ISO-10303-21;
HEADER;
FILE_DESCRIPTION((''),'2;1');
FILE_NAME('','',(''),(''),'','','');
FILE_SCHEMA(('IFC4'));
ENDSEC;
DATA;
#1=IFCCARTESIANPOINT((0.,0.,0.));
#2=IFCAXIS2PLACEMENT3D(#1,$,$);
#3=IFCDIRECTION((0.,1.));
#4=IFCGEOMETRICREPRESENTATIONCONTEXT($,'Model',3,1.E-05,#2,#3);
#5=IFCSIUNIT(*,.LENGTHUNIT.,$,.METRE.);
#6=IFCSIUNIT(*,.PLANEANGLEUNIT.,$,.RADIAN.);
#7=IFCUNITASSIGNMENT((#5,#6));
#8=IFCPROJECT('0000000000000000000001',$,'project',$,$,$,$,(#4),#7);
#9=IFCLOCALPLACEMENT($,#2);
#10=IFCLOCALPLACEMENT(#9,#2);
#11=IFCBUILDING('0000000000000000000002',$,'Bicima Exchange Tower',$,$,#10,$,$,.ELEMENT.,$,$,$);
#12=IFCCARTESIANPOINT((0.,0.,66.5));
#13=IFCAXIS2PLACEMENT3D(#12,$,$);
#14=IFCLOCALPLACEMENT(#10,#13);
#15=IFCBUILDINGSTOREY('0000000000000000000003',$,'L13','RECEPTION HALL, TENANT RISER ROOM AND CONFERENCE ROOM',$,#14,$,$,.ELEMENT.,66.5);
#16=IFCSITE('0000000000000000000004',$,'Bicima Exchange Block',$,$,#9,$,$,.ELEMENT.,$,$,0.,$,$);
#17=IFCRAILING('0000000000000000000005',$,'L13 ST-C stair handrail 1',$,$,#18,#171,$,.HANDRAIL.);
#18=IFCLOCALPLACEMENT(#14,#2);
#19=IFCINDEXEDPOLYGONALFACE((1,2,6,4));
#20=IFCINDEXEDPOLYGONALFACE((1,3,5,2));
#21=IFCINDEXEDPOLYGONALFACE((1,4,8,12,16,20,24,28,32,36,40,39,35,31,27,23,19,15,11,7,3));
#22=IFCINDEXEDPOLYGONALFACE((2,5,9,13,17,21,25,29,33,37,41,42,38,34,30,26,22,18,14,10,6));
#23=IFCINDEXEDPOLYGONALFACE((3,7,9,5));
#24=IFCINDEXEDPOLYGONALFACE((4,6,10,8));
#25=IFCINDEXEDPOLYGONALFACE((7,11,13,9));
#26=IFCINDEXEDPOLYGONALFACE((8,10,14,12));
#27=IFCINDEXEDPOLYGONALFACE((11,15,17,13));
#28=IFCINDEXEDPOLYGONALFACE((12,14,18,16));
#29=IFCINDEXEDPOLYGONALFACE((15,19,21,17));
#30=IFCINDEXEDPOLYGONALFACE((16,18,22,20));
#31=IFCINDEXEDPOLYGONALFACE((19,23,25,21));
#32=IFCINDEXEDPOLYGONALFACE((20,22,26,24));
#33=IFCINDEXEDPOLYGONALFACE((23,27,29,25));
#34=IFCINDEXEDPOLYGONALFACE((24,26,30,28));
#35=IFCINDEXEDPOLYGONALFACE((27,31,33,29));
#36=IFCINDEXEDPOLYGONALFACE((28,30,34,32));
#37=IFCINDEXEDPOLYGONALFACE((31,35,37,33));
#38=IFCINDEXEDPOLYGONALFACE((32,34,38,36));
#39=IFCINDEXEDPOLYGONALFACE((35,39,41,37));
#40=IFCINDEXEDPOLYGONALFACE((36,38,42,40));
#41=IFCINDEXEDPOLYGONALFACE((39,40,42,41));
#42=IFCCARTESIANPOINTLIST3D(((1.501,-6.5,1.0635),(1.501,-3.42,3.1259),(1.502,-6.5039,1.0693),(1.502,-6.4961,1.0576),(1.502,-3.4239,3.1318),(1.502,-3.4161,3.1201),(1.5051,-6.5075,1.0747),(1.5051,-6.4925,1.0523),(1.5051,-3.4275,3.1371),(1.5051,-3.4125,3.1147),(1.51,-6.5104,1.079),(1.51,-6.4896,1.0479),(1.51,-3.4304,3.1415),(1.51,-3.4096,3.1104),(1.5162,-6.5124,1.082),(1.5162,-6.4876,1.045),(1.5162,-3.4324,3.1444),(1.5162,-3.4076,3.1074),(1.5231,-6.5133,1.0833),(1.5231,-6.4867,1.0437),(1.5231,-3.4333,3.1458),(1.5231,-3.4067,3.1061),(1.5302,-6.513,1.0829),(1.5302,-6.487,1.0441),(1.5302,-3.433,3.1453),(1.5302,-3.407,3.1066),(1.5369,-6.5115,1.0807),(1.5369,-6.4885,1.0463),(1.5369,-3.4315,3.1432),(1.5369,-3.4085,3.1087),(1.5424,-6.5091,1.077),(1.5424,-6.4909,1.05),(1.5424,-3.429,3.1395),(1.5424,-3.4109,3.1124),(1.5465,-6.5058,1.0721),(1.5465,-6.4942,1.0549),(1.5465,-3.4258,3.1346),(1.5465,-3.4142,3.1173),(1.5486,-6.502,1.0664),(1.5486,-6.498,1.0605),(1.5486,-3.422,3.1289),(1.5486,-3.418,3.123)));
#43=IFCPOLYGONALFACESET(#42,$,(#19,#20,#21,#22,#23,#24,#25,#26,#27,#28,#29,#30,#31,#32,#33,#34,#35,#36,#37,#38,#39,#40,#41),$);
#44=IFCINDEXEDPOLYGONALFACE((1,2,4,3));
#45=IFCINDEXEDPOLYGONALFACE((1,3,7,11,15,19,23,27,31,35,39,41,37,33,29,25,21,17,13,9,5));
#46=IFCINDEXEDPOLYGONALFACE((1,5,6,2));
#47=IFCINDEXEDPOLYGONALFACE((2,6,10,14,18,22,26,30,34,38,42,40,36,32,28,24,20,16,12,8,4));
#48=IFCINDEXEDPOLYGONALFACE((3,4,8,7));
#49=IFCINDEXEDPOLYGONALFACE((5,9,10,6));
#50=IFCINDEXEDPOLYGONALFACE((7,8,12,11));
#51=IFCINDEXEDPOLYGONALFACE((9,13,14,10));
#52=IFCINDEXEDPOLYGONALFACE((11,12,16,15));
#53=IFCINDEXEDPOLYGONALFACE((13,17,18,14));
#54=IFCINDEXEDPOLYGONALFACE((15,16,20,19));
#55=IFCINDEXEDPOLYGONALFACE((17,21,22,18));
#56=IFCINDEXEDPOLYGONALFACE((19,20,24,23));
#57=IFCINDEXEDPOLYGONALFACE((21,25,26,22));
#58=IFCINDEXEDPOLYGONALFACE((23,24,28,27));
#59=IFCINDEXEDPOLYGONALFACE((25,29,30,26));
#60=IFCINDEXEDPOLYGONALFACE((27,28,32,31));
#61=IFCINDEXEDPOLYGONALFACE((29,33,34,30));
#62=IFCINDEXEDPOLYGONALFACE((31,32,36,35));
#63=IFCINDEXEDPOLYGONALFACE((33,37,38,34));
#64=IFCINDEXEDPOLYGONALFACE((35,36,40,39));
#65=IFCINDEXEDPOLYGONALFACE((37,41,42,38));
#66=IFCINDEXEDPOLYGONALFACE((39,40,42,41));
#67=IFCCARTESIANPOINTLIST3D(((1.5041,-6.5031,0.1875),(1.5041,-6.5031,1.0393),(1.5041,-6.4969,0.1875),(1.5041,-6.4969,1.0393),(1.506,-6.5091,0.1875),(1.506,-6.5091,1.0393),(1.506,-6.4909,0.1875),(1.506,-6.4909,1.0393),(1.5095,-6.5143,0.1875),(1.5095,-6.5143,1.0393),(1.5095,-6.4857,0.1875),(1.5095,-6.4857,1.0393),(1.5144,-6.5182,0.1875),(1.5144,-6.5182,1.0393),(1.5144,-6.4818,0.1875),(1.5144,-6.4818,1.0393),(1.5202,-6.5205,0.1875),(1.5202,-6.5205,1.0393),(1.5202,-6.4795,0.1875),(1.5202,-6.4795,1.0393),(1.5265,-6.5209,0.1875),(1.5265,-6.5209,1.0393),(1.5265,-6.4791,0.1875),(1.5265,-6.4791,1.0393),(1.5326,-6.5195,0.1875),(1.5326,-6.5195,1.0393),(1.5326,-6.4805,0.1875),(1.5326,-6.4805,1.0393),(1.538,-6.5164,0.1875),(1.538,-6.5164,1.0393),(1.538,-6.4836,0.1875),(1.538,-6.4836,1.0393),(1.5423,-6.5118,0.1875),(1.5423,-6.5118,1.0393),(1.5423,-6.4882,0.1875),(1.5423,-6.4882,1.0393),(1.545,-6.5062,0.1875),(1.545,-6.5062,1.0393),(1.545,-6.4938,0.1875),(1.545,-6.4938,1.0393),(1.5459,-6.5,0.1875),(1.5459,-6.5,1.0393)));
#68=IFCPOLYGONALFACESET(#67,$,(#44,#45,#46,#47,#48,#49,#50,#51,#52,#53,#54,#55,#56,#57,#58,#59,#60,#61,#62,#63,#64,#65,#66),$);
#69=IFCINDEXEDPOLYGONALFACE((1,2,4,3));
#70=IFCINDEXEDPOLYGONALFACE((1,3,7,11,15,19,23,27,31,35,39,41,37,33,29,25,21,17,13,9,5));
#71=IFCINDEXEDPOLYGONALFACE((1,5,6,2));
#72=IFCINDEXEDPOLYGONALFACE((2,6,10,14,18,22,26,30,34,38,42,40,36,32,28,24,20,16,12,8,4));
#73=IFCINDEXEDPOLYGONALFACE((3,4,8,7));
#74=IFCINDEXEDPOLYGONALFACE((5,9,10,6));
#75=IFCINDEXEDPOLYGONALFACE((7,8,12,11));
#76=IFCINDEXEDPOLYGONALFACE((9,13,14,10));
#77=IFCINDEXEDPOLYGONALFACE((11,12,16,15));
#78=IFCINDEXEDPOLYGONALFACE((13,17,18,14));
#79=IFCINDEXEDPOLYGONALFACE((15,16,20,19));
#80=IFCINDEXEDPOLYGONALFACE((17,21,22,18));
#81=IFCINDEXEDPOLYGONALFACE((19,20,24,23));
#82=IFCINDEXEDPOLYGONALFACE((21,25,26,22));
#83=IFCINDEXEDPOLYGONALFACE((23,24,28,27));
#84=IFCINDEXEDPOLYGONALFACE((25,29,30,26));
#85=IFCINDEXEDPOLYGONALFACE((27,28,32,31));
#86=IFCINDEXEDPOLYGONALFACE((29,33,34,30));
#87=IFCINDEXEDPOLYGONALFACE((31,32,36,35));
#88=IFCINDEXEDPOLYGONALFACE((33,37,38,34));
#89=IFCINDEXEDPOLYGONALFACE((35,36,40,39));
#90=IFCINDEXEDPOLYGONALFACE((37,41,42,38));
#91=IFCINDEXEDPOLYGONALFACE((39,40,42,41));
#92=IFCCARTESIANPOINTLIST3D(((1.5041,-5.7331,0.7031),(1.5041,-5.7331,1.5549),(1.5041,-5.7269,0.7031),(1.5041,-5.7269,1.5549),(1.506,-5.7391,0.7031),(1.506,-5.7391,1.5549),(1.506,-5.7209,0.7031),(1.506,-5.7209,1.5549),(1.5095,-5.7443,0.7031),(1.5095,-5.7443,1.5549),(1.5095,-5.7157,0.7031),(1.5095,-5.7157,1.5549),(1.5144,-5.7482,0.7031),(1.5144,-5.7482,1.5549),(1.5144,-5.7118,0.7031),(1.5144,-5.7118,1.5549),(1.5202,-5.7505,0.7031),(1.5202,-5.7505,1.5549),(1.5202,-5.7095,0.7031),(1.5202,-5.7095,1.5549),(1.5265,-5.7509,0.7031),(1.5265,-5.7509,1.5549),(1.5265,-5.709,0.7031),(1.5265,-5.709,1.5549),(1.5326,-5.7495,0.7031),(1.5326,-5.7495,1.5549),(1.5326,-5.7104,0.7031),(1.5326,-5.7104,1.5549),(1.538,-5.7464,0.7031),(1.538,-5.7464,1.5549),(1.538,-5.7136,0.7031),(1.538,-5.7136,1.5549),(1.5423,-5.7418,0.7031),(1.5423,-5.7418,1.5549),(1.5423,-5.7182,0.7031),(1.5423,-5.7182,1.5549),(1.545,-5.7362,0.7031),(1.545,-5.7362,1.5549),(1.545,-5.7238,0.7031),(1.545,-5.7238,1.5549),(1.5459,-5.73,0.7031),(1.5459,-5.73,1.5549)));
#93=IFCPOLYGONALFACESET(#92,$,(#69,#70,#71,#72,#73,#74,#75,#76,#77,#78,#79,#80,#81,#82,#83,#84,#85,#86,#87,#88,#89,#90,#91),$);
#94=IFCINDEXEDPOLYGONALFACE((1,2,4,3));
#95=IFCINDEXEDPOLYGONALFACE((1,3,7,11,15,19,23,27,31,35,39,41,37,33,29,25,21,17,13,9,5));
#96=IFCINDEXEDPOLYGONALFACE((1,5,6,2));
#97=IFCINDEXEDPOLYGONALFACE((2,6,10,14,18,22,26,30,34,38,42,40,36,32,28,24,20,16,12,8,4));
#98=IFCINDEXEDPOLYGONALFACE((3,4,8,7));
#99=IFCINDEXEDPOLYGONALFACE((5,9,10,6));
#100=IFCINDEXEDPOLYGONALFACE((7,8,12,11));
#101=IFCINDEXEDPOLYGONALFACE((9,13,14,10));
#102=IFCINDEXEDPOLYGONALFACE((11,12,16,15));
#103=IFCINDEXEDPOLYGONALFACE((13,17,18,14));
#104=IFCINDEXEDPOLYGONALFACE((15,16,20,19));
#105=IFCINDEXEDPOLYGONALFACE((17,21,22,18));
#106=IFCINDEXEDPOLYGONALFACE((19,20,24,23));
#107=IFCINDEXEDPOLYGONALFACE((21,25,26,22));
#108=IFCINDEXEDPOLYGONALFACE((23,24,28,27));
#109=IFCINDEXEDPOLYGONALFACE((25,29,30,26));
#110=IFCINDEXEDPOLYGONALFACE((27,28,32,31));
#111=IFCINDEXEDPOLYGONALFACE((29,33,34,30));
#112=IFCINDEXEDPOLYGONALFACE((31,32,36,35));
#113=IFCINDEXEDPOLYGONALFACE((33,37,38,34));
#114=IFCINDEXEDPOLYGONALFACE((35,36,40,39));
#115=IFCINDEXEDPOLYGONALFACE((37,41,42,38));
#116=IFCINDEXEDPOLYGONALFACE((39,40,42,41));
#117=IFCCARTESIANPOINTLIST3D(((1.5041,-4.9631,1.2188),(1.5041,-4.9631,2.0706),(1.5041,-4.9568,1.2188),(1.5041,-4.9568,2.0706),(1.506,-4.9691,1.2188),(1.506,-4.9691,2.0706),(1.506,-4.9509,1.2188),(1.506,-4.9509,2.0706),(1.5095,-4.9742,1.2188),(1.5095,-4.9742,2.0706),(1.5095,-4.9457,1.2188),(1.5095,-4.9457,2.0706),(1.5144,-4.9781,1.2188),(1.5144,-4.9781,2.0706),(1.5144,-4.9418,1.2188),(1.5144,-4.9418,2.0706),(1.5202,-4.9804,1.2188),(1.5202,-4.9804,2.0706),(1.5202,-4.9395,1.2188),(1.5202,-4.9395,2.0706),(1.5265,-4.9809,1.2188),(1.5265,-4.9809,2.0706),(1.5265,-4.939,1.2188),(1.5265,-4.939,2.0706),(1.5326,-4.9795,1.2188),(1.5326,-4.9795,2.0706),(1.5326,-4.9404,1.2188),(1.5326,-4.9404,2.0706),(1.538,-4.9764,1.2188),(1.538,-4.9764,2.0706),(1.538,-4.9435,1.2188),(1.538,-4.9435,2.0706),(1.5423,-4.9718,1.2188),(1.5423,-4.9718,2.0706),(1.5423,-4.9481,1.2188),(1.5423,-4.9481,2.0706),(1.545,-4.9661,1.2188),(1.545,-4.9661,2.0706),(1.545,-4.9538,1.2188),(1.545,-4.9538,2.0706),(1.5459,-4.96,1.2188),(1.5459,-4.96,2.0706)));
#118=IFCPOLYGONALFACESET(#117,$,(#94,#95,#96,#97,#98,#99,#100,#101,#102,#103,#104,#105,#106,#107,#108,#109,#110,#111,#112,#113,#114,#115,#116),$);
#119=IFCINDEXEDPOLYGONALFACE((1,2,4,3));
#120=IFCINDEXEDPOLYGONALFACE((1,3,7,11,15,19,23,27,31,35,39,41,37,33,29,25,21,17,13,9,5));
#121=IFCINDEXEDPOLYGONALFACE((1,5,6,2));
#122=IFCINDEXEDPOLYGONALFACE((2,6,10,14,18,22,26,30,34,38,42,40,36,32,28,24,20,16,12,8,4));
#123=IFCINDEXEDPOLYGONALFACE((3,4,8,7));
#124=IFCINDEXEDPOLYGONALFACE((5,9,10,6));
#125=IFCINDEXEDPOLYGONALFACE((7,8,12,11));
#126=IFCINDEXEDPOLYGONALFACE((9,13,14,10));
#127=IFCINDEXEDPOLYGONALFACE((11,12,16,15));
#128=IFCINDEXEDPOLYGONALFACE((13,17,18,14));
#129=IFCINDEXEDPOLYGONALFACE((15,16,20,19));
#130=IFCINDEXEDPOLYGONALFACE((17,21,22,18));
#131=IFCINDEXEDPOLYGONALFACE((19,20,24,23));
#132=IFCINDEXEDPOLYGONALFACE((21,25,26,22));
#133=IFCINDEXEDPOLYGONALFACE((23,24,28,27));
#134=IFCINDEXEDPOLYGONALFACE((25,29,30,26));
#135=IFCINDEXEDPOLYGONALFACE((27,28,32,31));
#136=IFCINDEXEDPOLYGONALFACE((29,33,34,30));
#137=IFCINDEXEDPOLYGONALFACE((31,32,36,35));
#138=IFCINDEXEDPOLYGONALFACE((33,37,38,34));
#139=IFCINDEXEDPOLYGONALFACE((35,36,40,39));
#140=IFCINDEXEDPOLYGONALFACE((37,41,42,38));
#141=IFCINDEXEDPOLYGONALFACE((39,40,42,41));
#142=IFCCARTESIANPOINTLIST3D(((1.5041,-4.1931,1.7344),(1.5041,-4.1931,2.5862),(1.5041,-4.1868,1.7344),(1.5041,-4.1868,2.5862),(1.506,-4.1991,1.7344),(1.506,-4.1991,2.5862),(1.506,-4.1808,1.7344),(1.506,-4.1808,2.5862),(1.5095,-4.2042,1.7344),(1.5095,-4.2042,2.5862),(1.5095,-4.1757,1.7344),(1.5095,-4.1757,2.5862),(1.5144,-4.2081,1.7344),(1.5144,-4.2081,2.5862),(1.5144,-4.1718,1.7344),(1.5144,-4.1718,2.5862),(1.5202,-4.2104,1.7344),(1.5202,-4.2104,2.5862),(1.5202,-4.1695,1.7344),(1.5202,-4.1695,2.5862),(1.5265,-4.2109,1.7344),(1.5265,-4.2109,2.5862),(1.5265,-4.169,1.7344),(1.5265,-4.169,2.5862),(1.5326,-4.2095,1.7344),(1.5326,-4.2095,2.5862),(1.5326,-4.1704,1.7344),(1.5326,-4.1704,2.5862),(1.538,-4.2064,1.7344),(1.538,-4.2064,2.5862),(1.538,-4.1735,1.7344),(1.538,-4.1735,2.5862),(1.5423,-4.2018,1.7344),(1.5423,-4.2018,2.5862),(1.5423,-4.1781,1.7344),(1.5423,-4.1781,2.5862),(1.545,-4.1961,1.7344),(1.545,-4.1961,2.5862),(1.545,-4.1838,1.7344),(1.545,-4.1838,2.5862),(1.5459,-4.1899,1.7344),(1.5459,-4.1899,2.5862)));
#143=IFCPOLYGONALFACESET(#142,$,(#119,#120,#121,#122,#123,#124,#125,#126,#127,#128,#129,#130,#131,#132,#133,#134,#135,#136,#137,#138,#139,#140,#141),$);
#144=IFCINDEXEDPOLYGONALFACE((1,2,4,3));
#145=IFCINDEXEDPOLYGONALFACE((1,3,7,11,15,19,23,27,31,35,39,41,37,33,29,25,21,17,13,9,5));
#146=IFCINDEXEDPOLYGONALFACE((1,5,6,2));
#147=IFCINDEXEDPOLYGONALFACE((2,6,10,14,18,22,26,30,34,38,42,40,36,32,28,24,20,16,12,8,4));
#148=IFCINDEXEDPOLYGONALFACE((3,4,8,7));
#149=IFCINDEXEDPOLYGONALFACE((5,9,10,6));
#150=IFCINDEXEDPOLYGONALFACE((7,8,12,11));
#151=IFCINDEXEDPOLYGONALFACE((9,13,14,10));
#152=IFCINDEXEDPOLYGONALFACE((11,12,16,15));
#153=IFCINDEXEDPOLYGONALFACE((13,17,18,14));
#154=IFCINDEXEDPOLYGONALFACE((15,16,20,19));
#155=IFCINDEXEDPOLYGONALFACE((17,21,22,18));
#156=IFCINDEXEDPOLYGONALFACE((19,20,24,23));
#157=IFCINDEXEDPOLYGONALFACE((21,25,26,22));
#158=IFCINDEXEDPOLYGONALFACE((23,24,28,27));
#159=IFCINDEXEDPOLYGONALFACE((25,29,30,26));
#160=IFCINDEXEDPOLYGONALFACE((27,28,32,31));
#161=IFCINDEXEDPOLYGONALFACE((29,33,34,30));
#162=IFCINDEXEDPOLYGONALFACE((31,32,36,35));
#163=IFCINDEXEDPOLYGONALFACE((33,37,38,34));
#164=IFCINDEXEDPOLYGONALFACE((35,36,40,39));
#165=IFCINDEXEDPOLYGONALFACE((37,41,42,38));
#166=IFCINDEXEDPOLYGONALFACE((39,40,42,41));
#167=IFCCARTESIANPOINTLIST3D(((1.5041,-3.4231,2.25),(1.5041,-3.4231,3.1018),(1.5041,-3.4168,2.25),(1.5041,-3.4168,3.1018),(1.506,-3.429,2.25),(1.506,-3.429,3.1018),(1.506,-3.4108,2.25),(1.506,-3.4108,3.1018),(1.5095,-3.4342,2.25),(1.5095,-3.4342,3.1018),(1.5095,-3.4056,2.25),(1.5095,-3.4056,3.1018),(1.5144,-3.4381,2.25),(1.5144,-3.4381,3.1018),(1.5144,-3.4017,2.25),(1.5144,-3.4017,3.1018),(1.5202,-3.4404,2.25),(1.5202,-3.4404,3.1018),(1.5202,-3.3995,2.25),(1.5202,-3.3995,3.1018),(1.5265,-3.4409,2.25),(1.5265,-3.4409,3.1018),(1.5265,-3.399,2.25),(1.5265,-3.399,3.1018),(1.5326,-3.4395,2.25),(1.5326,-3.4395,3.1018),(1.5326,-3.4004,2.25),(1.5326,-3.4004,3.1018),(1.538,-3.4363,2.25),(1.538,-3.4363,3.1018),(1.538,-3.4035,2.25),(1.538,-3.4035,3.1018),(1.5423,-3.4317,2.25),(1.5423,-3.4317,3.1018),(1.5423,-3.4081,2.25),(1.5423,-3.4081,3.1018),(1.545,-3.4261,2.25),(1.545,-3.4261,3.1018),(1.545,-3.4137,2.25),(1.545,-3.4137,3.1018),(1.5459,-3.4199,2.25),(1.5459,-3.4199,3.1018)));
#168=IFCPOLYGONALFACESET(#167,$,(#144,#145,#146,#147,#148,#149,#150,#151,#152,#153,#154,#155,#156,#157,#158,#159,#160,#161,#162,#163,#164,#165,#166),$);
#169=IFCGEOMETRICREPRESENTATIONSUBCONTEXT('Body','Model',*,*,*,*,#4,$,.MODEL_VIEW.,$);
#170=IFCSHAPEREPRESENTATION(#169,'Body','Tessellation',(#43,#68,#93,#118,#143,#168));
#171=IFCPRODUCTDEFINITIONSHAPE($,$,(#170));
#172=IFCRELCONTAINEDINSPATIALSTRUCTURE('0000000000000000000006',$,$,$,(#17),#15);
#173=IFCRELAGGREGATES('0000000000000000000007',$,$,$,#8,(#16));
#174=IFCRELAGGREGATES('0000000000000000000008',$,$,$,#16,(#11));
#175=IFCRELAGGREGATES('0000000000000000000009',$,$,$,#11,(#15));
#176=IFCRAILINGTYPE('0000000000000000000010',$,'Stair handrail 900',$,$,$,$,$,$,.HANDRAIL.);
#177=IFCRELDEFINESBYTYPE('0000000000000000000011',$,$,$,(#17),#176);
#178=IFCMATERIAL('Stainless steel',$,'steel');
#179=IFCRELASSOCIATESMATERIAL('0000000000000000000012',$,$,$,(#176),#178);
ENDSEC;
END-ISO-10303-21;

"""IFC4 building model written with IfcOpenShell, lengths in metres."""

from ifc_helpers import new_model, si_unit, direction, frame, origin, origin_2d, place, context, subcontext, project, spatial, circle, extrude, material, type_object, element, save


model = new_model("IFC4")

# Units and contexts
model_context = context("Model", 3, precision=1e-05, world=origin(), true_north=direction((0.0, 1.0)))
body_context = subcontext(model_context, "Body", "Model", "MODEL_VIEW")
ifc_project = project(units=[si_unit("LENGTHUNIT", "METRE"), si_unit("PLANEANGLEUNIT", "RADIAN")], contexts=[model_context])

# Site, building, storey
site_placement = place(None, origin())
site = spatial("IfcSite", under=ifc_project, at=site_placement, Name="Bicima Exchange Block", CompositionType="ELEMENT", RefElevation=0.0)
building_placement = place(site_placement, origin())
building = spatial("IfcBuilding", under=site, at=building_placement, Name="Bicima Exchange Tower", CompositionType="ELEMENT")
storey_placement = place(building_placement, frame((0.0, 0.0, 66.5)))
storey = spatial("IfcBuildingStorey", under=building, at=storey_placement, Name="L13", Description="RECEPTION HALL, TENANT RISER ROOM AND CONFERENCE ROOM", CompositionType="ELEMENT", Elevation=66.5)

# Shared definitions
ifc_material_1 = material(Name="Stainless steel", Category="steel")

# Railing
railing_type_1 = type_object("IfcRailingType", Name="Stair handrail 900", PredefinedType="HANDRAIL", material=ifc_material_1)
railing_1_placement = place(storey_placement, frame((1.5249, -6.5, 0.1875)))
element("IfcRailing", 1, at=railing_1_placement, inside=storey, type_object=railing_type_1, Name="L13 ST-C stair handrail 1", PredefinedType="HANDRAIL", context=body_context, shape_type="SweptSolid", body=[
    extrude(circle(Radius=0.0239, at=origin_2d()), frame((0.0, 0.0, 0.876), z_axis=(0.0, 0.830914, 0.556401), x_axis=(-1.0, 0.0, 0.0)), (0.0, 0.0, 1.0), 3.7068),
    extrude(circle(Radius=0.021, at=origin_2d()), origin(), (0.0, 0.0, 1.0), 0.8518),
    extrude(circle(Radius=0.021, at=origin_2d()), frame((0.0, 0.77, 0.5156)), (0.0, 0.0, 1.0), 0.8518),
    extrude(circle(Radius=0.021, at=origin_2d()), frame((0.0, 1.54, 1.0312)), (0.0, 0.0, 1.0), 0.8518),
    extrude(circle(Radius=0.021, at=origin_2d()), frame((0.0, 2.3101, 1.5469)), (0.0, 0.0, 1.0), 0.8518),
    extrude(circle(Radius=0.021, at=origin_2d()), frame((0.0, 3.0801, 2.0625)), (0.0, 0.0, 1.0), 0.8518),
])

save(model, "model.ifc")
